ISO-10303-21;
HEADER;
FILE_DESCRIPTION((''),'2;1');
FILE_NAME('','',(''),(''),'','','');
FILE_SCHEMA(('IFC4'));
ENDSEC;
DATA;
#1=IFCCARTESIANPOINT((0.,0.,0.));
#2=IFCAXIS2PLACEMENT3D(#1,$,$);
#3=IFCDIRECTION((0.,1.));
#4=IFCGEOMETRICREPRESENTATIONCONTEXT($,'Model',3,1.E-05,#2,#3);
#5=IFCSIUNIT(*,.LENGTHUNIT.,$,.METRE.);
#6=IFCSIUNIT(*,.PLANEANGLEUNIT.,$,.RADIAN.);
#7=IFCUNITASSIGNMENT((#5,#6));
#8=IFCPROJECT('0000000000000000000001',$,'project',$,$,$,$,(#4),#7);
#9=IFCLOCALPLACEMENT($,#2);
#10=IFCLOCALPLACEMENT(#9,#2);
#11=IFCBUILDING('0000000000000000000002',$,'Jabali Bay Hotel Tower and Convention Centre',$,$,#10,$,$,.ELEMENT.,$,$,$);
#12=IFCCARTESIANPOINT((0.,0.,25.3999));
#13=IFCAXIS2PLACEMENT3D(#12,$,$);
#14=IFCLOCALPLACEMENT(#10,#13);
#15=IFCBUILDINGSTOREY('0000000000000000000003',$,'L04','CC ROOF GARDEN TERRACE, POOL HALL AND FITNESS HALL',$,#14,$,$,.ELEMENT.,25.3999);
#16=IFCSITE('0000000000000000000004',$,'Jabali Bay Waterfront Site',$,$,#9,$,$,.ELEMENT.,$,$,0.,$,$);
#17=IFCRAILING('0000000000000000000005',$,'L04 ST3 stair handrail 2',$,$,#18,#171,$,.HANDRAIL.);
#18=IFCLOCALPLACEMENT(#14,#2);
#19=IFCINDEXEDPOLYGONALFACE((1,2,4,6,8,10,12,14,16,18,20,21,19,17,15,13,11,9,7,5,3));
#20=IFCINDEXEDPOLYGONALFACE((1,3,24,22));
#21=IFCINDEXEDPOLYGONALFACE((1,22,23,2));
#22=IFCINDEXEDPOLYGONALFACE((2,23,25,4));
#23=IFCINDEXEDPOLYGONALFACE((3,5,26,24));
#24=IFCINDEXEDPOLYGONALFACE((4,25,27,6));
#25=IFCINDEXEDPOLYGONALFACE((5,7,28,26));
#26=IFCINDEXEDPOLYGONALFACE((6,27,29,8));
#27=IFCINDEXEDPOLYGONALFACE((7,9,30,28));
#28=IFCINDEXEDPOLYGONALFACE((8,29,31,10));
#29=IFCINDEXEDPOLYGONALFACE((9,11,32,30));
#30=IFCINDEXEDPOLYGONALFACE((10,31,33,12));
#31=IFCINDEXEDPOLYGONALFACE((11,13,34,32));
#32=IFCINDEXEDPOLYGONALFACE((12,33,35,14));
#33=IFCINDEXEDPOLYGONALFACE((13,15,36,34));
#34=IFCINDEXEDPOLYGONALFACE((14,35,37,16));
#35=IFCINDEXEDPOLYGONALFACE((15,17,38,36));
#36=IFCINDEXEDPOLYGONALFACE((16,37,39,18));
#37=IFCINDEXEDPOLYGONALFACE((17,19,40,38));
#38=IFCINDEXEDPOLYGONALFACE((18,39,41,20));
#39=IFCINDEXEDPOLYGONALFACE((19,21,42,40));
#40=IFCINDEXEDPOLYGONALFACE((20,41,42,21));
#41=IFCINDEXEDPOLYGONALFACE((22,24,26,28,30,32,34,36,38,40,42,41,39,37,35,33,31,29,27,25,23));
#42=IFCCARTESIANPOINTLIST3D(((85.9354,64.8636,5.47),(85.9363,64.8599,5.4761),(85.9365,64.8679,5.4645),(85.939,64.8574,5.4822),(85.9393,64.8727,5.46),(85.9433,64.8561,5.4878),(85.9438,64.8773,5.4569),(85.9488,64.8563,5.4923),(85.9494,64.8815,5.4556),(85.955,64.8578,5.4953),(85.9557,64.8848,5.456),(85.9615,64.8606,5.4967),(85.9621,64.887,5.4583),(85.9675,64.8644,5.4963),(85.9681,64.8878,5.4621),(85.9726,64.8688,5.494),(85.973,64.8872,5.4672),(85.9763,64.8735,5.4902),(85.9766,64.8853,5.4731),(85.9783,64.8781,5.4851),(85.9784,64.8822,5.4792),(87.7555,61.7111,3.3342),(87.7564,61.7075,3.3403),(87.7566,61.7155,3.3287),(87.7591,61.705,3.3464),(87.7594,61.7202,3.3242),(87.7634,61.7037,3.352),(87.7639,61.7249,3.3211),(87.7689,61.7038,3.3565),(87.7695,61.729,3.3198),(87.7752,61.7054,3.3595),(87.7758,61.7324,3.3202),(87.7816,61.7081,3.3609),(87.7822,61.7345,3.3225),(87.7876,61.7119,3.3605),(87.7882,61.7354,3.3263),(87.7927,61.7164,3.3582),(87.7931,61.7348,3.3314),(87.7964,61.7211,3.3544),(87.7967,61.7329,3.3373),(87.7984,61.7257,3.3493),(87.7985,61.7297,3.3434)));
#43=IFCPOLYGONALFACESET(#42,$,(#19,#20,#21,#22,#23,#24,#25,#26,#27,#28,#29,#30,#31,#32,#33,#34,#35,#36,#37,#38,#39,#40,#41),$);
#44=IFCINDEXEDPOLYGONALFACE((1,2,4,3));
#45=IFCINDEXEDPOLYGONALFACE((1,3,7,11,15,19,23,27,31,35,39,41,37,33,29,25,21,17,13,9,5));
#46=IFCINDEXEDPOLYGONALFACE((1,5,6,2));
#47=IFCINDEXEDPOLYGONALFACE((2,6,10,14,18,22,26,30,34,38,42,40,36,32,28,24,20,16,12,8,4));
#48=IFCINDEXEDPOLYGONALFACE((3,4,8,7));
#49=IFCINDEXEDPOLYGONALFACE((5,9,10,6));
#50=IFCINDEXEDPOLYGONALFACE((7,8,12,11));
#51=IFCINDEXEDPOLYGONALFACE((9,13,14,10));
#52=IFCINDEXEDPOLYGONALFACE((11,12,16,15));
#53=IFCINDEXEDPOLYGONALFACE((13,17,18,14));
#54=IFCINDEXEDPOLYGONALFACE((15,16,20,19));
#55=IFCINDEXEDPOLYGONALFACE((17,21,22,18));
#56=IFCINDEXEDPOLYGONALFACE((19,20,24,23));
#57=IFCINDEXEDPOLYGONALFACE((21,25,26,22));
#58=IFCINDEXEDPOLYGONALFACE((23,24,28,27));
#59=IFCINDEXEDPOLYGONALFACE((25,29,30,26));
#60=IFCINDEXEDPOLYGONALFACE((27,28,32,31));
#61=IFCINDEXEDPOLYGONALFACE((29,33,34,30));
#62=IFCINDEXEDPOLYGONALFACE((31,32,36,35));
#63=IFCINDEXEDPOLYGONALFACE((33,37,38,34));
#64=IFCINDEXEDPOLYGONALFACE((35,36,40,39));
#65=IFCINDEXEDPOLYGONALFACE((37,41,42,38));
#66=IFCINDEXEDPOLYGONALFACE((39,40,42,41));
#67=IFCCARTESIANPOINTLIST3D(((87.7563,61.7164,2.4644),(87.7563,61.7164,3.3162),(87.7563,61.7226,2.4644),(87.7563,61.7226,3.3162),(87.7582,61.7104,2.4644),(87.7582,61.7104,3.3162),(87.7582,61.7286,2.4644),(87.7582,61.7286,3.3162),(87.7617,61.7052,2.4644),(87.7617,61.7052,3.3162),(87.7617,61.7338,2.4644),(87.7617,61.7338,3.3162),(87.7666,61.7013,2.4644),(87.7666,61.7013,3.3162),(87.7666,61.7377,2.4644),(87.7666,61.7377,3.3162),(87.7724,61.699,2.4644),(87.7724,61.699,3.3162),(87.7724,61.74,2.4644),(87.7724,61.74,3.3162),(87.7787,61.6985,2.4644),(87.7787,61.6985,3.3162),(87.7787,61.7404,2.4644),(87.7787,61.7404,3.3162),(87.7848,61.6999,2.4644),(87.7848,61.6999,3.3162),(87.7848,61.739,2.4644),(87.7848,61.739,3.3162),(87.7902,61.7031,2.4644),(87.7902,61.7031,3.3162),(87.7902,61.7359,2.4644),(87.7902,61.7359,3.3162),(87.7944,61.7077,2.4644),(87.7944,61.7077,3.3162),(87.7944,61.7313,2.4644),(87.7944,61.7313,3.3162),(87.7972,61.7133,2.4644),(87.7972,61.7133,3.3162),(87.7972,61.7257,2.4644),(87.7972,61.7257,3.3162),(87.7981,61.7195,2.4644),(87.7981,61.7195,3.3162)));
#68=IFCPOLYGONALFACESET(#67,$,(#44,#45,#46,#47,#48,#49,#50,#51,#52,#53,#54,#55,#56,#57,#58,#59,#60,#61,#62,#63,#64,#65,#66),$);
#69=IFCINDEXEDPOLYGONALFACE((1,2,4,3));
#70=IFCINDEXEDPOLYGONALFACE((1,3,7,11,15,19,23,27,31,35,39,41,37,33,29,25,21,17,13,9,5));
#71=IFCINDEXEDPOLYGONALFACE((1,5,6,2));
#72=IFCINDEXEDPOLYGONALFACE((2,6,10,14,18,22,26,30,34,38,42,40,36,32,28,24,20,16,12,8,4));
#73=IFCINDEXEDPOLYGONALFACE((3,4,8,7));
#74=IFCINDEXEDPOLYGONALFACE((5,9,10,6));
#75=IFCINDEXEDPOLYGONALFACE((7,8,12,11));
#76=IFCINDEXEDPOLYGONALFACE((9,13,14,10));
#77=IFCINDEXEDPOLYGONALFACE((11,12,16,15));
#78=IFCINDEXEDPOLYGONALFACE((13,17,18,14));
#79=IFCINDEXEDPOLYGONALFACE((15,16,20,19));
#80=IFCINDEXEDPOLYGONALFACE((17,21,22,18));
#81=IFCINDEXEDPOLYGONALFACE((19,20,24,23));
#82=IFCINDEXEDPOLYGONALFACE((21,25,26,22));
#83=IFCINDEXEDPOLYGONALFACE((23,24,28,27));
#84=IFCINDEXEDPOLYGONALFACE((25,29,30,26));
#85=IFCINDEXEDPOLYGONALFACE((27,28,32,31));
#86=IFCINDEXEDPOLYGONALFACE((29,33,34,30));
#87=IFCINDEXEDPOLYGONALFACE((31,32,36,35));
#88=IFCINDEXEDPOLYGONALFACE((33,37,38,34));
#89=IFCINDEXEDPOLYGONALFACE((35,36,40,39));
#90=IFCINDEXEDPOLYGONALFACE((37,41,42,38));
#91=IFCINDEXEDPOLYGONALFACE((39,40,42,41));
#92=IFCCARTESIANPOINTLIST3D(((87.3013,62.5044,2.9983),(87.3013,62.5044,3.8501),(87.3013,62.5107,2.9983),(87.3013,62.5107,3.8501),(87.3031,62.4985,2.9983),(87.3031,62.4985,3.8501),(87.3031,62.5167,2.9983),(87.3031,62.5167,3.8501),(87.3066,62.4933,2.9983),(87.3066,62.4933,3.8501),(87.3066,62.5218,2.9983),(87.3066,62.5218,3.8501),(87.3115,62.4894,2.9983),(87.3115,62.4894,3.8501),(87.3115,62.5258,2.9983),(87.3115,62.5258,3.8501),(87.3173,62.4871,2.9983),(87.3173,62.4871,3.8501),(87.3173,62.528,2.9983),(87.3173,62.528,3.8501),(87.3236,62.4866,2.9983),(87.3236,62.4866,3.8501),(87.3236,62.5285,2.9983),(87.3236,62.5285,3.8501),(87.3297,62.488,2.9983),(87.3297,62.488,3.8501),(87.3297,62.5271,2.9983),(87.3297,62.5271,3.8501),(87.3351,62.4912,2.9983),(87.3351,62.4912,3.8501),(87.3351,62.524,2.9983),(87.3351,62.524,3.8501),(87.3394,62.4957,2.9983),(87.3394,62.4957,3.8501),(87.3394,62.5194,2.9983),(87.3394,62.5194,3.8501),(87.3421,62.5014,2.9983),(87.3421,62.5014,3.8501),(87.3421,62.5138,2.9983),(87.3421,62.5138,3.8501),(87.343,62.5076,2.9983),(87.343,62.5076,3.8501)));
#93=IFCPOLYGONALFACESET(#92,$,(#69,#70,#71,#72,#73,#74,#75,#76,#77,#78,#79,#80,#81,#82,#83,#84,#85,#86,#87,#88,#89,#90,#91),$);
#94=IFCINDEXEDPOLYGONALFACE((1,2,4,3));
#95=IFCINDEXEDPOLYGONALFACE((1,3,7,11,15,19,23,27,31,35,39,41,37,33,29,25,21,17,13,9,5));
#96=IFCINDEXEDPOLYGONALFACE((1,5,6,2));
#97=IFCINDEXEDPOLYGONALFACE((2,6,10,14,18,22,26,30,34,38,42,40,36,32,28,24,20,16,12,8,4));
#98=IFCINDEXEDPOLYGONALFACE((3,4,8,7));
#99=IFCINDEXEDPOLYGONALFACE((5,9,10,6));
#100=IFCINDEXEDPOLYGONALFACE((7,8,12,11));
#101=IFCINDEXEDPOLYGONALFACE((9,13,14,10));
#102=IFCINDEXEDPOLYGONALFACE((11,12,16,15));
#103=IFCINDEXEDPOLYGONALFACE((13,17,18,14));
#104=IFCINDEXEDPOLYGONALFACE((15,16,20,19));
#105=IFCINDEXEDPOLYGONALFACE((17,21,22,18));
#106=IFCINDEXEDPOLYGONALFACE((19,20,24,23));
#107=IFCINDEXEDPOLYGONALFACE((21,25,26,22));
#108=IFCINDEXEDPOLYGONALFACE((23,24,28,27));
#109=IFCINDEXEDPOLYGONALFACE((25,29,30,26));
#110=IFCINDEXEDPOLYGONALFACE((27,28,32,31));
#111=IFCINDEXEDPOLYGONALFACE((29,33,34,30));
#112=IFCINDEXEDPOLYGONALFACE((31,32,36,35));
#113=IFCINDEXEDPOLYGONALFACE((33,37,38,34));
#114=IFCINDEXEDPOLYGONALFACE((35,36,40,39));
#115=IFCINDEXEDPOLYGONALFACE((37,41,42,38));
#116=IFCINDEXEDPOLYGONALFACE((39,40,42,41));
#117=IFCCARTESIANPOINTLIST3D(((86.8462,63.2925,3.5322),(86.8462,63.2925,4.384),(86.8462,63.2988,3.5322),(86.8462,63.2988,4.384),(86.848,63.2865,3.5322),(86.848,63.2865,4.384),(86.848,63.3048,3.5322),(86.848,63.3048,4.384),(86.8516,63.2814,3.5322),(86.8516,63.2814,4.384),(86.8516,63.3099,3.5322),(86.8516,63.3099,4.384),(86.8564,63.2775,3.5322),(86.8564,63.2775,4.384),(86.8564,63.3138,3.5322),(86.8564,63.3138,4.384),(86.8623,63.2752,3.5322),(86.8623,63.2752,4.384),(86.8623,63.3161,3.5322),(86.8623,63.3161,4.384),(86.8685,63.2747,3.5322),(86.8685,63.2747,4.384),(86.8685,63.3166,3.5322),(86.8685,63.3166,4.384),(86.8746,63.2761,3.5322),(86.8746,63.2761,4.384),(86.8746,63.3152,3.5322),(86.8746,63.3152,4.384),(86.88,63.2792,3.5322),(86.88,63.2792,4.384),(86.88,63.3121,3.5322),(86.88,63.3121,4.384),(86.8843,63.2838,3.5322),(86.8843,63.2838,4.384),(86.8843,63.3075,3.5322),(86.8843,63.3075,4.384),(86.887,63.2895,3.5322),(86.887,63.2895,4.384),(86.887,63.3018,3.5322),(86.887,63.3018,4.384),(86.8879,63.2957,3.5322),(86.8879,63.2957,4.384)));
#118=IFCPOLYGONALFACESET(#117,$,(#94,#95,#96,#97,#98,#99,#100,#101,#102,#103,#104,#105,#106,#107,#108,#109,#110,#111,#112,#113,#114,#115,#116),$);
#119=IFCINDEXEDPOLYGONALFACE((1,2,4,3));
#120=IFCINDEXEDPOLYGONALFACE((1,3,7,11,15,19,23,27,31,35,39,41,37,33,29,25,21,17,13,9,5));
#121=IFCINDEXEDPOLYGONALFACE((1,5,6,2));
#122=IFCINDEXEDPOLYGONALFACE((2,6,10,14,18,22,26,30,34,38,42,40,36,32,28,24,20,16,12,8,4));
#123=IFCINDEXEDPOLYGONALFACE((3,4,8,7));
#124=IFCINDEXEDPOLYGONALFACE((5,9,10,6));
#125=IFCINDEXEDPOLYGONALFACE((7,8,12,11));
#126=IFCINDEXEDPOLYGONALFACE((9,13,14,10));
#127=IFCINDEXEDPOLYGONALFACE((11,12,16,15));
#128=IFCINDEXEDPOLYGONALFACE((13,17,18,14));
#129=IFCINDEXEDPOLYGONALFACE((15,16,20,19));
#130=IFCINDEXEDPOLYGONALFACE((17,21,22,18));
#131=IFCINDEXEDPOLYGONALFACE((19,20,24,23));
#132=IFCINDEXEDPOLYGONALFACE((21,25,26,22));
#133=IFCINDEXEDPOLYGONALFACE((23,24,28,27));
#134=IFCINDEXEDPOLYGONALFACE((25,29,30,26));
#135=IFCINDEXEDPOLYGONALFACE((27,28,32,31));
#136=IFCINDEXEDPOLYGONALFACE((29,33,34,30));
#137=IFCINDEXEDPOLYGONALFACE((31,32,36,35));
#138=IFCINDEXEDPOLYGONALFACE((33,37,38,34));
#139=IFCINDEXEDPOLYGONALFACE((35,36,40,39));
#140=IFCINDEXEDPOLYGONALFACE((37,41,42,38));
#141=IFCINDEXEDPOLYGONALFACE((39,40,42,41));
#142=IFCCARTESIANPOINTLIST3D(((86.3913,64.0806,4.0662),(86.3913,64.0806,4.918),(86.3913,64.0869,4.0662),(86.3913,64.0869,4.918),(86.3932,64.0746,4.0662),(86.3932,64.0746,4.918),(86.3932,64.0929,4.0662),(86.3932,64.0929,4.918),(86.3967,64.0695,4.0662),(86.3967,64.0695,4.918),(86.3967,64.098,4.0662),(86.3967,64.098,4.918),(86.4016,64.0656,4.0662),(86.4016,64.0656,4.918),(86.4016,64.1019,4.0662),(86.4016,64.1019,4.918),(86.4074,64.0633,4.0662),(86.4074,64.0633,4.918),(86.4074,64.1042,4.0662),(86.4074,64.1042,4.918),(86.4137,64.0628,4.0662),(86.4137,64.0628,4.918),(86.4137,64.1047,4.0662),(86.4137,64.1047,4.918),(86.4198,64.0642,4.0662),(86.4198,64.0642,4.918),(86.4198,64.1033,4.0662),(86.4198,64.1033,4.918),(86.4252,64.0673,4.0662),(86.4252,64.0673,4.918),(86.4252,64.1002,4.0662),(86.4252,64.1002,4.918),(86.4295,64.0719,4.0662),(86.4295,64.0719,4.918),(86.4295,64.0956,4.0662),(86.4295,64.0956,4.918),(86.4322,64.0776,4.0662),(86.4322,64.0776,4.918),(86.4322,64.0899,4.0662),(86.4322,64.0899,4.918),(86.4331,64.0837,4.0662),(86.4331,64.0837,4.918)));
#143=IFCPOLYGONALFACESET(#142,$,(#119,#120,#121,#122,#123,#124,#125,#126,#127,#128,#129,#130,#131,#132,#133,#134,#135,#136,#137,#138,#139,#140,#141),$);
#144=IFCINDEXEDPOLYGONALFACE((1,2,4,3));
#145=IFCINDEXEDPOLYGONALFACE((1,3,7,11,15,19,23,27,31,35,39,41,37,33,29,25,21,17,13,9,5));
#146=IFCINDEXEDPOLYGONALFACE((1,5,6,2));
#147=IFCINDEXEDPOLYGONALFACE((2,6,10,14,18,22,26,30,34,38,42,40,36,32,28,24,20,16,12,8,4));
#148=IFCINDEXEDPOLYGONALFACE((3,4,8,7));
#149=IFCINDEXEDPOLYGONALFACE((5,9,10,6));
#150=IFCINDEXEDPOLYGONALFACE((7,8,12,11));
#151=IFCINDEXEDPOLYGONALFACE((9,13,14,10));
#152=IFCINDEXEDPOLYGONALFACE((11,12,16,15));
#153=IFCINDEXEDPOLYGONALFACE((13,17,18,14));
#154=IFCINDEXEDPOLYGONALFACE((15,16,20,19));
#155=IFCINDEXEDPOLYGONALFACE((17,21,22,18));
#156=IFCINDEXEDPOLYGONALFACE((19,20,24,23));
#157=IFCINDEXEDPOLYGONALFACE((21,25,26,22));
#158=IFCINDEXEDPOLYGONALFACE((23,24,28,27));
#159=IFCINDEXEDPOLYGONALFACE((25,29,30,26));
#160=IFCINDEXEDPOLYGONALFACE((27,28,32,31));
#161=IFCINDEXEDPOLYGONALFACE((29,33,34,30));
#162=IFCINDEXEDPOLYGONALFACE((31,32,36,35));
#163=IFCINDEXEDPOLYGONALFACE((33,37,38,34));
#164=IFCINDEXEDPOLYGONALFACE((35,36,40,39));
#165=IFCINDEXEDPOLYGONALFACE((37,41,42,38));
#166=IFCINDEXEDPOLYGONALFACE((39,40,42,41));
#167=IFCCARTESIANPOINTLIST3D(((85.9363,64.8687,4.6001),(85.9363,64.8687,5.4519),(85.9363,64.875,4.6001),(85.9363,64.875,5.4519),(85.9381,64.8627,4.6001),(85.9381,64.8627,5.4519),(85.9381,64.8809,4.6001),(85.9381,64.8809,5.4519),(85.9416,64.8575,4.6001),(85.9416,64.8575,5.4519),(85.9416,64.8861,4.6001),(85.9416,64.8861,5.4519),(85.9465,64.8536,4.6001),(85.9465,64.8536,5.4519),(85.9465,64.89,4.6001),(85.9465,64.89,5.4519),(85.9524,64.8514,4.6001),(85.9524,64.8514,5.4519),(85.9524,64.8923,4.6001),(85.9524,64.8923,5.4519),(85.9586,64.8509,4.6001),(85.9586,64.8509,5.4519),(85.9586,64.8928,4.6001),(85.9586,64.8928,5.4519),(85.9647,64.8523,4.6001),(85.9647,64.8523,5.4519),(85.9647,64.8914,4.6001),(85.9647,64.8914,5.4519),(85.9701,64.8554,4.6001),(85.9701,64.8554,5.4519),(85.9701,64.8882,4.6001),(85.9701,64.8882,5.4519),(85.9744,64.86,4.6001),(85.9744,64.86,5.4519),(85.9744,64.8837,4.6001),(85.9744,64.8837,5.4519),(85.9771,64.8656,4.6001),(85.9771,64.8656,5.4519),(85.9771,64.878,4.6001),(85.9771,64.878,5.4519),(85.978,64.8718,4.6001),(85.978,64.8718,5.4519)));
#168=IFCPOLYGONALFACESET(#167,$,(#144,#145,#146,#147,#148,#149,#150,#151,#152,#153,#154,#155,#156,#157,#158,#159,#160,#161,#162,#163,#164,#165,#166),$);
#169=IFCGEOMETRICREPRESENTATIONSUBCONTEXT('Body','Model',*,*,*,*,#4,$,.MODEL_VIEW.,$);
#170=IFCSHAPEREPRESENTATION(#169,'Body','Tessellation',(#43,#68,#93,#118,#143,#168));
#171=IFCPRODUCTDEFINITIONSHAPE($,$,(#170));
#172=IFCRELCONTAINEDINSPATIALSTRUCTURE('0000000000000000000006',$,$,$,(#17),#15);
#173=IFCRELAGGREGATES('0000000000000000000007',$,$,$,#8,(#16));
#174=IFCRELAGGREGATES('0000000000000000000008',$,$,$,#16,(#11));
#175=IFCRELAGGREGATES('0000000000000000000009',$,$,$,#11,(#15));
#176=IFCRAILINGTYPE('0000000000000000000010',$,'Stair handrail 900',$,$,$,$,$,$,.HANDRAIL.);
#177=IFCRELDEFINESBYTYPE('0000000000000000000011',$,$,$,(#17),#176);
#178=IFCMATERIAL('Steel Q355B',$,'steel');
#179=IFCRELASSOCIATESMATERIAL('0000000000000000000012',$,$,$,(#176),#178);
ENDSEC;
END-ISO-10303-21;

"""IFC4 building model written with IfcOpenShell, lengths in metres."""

from ifc_helpers import new_model, si_unit, direction, frame, origin, origin_2d, place, context, subcontext, project, spatial, circle, extrude, material, type_object, element, save


model = new_model("IFC4")

# Units and contexts
model_context = context("Model", 3, precision=1e-05, world=origin(), true_north=direction((0.0, 1.0)))
body_context = subcontext(model_context, "Body", "Model", "MODEL_VIEW")
ifc_project = project(units=[si_unit("LENGTHUNIT", "METRE"), si_unit("PLANEANGLEUNIT", "RADIAN")], contexts=[model_context])

# Site, building, storey
site_placement = place(None, origin())
site = spatial("IfcSite", under=ifc_project, at=site_placement, Name="Jabali Bay Waterfront Site", CompositionType="ELEMENT", RefElevation=0.0)
building_placement = place(site_placement, origin())
building = spatial("IfcBuilding", under=site, at=building_placement, Name="Jabali Bay Hotel Tower and Convention Centre", CompositionType="ELEMENT")
storey_placement = place(building_placement, frame((0.0, 0.0, 25.3999)))
storey = spatial("IfcBuildingStorey", under=building, at=storey_placement, Name="L04", Description="CC ROOF GARDEN TERRACE, POOL HALL AND FITNESS HALL", CompositionType="ELEMENT", Elevation=25.3999)

# Railing
ifc_material_1 = material(Name="Steel Q355B", Category="steel")
railing_type_1 = type_object("IfcRailingType", Name="Stair handrail 900", PredefinedType="HANDRAIL", material=ifc_material_1)
railing_1_placement = place(storey_placement, frame((87.7771, 61.7195, 2.4644)))
element("IfcRailing", 1, at=railing_1_placement, inside=storey, type_object=railing_type_1, Name="L04 ST3 stair handrail 2", PredefinedType="HANDRAIL", context=body_context, shape_type="SweptSolid", body=[
    extrude(circle(Radius=0.0239, at=origin_2d()), frame((0.0, 0.0, 0.876), z_axis=(-0.431261, 0.74694, 0.506059), x_axis=(-0.866018, -0.500013, 0.0)), (0.0, 0.0, 1.0), 4.2205),
    extrude(circle(Radius=0.021, at=origin_2d()), origin(), (0.0, 0.0, 1.0), 0.8518),
    extrude(circle(Radius=0.021, at=origin_2d()), frame((-0.4551, 0.7881, 0.5339)), (0.0, 0.0, 1.0), 0.8518),
    extrude(circle(Radius=0.021, at=origin_2d()), frame((-0.9102, 1.5762, 1.0679)), (0.0, 0.0, 1.0), 0.8518),
    extrude(circle(Radius=0.021, at=origin_2d()), frame((-1.365, 2.3643, 1.6018)), (0.0, 0.0, 1.0), 0.8518),
    extrude(circle(Radius=0.021, at=origin_2d()), frame((-1.8201, 3.1523, 2.1357)), (0.0, 0.0, 1.0), 0.8518),
])

save(model, "model.ifc")
